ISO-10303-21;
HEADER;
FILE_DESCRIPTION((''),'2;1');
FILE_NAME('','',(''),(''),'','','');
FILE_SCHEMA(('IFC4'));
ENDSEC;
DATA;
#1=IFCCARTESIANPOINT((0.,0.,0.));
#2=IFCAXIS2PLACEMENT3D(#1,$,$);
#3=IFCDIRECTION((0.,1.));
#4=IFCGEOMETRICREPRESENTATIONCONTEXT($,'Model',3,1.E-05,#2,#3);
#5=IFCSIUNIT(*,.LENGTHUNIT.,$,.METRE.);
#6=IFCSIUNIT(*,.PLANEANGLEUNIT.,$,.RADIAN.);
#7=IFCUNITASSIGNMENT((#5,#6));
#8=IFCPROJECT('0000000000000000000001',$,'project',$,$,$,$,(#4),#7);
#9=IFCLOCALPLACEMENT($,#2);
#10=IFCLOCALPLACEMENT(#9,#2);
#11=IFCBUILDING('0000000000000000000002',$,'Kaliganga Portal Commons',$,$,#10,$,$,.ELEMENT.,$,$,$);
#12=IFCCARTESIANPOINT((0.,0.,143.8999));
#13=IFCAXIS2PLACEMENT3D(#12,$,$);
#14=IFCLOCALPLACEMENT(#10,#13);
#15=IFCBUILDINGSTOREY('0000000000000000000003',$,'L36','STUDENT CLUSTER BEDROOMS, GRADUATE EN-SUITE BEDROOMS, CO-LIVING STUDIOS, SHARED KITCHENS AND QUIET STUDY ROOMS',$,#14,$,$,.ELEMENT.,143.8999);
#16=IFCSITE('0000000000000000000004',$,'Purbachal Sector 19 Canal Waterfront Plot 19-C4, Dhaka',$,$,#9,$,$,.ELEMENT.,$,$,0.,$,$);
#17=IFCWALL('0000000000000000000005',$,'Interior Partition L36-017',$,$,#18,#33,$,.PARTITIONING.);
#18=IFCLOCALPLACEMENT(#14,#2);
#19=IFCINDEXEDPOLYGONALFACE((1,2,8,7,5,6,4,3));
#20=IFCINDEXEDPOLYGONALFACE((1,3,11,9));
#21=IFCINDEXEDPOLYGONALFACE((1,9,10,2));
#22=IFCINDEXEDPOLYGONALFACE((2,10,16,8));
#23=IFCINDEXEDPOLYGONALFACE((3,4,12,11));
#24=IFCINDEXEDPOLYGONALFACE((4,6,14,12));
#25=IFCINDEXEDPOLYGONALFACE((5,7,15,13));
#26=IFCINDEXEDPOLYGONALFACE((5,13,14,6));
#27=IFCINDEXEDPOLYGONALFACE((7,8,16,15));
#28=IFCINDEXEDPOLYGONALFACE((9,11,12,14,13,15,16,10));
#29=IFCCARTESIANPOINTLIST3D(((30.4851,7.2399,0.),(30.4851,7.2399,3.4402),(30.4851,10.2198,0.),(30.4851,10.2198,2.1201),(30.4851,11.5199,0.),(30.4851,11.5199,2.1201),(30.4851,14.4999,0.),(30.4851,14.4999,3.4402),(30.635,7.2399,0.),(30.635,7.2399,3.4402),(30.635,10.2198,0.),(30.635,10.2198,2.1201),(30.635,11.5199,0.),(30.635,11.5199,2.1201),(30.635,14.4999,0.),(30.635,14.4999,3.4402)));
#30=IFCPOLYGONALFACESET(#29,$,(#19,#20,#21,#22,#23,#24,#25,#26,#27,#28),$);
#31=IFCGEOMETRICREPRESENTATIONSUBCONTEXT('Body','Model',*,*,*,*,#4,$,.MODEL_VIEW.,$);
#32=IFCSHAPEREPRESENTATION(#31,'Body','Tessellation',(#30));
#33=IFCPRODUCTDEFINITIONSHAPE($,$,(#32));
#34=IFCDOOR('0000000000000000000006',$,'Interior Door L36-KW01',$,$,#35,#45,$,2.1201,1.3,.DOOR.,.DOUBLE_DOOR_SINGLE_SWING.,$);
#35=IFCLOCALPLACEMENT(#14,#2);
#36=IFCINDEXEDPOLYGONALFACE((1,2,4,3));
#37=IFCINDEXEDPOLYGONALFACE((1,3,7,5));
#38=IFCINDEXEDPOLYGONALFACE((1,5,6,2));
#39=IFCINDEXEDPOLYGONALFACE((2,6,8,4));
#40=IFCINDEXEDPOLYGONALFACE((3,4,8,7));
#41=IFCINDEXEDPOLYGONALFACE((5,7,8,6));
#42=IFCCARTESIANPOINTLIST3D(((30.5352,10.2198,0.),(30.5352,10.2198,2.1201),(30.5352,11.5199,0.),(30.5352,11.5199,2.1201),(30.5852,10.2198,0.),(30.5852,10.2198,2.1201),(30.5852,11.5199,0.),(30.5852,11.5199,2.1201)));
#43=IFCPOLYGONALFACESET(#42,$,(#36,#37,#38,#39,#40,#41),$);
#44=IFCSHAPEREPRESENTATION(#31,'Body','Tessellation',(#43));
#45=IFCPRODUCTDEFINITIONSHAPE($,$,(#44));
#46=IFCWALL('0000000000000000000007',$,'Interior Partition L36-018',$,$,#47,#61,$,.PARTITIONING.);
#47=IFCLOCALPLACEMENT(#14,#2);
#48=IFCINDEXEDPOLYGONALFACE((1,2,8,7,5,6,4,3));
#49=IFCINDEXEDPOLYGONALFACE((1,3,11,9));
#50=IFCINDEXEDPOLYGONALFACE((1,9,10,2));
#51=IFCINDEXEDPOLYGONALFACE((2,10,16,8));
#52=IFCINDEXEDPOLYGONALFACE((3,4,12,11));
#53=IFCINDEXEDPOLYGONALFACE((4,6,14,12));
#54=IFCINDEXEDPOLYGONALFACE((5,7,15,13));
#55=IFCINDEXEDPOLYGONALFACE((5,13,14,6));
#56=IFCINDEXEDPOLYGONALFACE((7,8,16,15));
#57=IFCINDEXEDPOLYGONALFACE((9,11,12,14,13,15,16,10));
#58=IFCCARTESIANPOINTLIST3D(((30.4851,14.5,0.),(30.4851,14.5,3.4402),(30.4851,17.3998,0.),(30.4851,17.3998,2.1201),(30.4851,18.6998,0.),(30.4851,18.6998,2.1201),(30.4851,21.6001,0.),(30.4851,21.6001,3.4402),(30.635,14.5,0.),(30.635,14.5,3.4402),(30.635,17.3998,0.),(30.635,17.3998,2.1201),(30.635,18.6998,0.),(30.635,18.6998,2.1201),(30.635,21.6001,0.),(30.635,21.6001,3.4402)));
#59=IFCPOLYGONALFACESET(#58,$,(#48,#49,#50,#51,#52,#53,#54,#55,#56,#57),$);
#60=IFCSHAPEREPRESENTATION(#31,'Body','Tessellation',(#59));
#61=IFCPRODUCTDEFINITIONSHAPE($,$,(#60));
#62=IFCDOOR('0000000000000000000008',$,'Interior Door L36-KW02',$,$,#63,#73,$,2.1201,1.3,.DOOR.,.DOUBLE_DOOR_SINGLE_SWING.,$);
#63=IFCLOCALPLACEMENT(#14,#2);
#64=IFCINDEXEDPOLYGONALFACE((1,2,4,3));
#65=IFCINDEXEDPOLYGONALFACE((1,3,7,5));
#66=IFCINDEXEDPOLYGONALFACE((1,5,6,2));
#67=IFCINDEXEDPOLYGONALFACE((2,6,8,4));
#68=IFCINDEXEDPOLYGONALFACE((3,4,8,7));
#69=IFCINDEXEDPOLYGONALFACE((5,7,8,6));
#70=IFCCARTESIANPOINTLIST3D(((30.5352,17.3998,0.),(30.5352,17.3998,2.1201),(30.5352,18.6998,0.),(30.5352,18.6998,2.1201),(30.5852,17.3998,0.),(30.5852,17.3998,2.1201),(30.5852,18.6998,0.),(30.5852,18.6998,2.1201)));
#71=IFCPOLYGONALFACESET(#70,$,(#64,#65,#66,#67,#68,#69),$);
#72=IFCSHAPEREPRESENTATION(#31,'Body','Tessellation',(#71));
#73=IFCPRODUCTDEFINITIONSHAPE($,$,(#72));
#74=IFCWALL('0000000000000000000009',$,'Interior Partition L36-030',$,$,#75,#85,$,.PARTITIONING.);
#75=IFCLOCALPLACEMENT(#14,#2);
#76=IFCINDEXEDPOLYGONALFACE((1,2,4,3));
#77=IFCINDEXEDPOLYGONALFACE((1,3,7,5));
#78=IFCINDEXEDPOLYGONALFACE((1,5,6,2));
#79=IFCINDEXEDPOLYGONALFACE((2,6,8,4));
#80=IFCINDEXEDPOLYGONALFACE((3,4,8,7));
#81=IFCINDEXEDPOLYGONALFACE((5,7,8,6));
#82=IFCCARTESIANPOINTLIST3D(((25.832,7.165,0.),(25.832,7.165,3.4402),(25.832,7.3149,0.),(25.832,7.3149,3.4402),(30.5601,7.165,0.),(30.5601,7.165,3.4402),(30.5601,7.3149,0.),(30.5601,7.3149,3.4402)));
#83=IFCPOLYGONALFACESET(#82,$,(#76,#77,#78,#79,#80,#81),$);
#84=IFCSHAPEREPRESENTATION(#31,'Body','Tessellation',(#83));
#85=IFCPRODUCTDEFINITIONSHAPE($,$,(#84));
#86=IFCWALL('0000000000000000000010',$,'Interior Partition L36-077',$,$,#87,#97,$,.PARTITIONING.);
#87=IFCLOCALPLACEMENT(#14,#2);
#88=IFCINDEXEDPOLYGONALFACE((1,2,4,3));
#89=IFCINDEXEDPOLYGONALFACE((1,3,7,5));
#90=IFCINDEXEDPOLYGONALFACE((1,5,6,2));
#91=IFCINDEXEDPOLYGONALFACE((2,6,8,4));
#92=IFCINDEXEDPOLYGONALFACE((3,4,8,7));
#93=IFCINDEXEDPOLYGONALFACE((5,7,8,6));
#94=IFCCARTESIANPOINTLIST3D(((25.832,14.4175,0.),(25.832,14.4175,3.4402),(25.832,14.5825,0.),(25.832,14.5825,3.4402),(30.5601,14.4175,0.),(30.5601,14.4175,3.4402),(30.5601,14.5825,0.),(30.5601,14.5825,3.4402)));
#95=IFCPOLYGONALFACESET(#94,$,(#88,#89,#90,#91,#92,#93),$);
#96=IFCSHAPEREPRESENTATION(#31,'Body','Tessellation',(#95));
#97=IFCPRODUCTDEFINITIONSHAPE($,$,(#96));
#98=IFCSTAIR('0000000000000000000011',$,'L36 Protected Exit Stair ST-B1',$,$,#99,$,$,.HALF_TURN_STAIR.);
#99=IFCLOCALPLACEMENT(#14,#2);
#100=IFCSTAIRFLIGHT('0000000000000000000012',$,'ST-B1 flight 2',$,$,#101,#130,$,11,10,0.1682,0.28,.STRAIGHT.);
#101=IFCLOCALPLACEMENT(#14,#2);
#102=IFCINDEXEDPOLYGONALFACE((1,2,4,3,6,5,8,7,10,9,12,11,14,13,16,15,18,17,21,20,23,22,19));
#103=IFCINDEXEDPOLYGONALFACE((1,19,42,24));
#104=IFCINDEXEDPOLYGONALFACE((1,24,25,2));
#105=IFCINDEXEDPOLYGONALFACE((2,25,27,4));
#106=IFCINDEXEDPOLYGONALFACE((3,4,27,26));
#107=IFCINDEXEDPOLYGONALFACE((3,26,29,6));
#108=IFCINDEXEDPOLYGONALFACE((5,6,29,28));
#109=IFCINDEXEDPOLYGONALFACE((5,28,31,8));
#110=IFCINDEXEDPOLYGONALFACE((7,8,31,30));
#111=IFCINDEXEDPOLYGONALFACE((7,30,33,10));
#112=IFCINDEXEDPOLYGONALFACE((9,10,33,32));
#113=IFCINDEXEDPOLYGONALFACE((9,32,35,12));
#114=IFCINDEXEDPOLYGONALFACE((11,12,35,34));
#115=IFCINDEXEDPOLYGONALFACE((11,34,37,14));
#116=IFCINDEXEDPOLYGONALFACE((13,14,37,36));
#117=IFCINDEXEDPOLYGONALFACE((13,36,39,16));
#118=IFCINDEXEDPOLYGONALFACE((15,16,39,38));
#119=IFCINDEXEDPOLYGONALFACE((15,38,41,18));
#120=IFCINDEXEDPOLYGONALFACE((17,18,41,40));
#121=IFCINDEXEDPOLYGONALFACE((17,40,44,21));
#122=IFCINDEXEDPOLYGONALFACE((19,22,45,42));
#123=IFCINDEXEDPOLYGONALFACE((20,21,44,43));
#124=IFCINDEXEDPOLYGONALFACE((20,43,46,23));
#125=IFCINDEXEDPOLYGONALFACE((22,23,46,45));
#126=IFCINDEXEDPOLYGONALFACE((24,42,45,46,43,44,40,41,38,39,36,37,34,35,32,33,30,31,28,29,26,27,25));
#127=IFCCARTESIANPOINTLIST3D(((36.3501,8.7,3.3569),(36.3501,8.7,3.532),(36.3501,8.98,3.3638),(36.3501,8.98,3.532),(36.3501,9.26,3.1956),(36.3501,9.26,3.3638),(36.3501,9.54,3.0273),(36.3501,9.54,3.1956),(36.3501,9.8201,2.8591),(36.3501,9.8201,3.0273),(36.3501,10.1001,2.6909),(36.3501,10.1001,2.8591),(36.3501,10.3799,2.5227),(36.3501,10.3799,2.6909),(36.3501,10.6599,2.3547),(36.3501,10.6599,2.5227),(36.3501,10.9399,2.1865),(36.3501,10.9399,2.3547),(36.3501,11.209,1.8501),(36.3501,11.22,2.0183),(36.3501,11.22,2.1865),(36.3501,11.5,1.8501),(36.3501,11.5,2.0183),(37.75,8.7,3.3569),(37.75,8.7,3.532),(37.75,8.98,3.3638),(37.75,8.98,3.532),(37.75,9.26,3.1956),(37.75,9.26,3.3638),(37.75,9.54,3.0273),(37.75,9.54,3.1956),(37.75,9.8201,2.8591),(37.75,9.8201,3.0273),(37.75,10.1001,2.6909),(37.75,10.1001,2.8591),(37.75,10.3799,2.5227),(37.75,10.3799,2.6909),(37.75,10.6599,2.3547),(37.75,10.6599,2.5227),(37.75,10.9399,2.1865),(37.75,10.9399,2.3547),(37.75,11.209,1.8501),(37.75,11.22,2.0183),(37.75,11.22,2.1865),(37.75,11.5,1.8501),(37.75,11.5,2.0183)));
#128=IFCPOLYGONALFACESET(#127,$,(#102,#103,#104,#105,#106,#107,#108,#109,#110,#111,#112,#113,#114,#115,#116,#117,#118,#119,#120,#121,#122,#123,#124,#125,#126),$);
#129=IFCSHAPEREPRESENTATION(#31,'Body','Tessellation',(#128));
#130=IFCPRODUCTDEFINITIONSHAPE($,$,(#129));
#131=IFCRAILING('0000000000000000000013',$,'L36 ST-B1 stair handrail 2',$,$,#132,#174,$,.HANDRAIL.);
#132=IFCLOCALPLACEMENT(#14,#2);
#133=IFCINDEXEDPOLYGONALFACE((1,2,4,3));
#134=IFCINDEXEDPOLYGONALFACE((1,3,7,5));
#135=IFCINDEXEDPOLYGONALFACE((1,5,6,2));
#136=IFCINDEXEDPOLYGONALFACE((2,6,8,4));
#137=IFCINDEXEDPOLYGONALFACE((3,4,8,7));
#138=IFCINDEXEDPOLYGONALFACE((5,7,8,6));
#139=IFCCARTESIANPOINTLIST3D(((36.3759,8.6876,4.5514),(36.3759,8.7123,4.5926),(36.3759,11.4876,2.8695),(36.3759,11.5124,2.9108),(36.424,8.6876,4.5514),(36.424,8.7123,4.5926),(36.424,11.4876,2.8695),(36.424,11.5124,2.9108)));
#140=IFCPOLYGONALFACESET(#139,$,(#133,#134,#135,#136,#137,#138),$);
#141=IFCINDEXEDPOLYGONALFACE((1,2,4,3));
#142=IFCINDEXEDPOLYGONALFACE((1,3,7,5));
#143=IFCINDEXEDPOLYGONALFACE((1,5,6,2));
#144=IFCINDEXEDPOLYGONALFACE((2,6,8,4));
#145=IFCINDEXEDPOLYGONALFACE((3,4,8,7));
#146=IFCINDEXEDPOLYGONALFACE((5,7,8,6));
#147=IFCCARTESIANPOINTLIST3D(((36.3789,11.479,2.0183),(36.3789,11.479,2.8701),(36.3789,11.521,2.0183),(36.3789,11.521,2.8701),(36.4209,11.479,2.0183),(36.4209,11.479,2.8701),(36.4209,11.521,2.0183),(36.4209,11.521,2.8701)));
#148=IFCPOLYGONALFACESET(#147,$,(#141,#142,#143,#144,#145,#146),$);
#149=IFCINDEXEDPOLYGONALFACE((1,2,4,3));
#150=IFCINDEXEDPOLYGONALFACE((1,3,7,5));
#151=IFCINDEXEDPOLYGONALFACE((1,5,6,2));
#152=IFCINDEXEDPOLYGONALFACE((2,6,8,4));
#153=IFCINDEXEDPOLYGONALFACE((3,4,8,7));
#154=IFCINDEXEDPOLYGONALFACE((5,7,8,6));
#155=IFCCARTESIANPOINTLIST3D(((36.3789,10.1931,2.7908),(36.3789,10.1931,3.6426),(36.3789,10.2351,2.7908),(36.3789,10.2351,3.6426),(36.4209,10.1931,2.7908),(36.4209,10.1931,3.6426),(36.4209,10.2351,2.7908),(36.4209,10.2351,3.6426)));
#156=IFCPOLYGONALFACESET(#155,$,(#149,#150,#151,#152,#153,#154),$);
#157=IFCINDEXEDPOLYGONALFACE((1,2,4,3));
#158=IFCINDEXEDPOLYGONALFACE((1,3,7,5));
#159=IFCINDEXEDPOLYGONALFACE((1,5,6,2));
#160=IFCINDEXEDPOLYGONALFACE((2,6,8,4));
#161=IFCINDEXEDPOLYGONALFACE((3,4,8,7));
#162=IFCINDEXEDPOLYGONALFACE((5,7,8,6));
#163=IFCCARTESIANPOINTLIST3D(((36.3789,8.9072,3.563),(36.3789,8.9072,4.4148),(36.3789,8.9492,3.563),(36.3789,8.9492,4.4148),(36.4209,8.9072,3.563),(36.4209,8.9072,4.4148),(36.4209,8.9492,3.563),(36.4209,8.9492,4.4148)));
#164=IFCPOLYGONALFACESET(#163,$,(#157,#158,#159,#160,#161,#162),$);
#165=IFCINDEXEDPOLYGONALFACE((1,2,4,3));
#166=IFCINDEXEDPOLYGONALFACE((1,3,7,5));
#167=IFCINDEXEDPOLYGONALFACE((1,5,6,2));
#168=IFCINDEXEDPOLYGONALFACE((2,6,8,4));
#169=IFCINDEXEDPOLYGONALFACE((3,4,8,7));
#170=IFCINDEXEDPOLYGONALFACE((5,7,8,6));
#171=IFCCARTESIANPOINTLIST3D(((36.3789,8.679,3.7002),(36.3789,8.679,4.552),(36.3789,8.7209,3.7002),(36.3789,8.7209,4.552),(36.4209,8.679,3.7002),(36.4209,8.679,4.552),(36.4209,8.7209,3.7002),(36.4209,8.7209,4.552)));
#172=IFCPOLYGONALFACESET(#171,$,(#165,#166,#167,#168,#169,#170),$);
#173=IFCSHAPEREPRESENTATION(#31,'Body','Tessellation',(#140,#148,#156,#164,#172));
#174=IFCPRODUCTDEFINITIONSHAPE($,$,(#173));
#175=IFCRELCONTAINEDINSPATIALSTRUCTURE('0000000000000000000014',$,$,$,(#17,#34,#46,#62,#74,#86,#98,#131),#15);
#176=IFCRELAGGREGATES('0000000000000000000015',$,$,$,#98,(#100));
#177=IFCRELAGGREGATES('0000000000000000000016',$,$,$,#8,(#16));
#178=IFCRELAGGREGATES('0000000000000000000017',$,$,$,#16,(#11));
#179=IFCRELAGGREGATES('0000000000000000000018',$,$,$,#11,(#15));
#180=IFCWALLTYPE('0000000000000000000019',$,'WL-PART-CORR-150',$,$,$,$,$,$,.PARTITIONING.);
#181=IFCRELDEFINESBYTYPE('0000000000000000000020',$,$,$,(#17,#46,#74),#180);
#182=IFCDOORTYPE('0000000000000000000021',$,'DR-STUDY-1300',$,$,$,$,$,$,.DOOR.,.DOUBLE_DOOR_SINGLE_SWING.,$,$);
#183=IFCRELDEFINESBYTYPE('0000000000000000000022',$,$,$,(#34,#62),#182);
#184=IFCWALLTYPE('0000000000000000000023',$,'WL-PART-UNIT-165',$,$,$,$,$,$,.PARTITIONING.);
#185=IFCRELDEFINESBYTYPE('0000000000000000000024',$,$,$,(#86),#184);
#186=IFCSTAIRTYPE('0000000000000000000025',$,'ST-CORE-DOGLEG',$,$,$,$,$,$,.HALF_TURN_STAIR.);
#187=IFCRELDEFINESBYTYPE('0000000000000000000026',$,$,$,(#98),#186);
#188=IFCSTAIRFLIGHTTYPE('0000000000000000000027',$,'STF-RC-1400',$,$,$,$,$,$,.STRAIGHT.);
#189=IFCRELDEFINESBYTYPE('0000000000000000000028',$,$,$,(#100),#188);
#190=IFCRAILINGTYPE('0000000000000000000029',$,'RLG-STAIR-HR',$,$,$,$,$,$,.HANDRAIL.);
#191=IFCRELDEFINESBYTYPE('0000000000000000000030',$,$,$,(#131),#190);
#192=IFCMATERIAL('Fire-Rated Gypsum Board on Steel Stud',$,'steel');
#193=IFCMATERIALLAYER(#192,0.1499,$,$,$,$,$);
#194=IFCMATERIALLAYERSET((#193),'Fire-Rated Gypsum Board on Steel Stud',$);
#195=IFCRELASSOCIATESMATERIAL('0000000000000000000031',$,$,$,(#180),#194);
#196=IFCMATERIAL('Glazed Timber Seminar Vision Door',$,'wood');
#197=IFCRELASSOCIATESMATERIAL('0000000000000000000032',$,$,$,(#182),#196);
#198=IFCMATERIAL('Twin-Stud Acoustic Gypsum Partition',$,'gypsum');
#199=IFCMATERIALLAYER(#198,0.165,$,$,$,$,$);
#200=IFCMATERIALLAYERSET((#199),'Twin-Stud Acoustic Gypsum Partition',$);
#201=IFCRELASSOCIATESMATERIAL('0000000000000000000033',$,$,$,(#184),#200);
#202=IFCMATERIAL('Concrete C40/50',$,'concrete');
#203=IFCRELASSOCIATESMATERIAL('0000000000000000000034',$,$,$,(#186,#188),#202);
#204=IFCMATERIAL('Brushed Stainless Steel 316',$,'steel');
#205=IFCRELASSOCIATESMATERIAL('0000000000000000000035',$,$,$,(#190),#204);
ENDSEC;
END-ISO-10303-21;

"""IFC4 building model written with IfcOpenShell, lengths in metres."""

from ifc_helpers import new_model, si_unit, direction, frame, frame_2d, origin, origin_2d, place, context, subcontext, project, spatial, polyline, rectangle, outline, extrude, material, layer, layer_set, type_object, element, fill, aggregate, save


model = new_model("IFC4")

# Units and contexts
model_context = context("Model", 3, precision=1e-05, world=origin(), true_north=direction((0.0, 1.0)))
body_context = subcontext(model_context, "Body", "Model", "MODEL_VIEW")
ifc_project = project(units=[si_unit("LENGTHUNIT", "METRE"), si_unit("PLANEANGLEUNIT", "RADIAN")], contexts=[model_context])

# Site, building, storey
site_placement = place(None, origin())
site = spatial("IfcSite", under=ifc_project, at=site_placement, Name="Purbachal Sector 19 Canal Waterfront Plot 19-C4, Dhaka", CompositionType="ELEMENT", RefElevation=0.0)
building_placement = place(site_placement, origin())
building = spatial("IfcBuilding", under=site, at=building_placement, Name="Kaliganga Portal Commons", CompositionType="ELEMENT")
storey_placement = place(building_placement, frame((0.0, 0.0, 143.8999)))
storey = spatial("IfcBuildingStorey", under=building, at=storey_placement, Name="L36", Description="STUDENT CLUSTER BEDROOMS, GRADUATE EN-SUITE BEDROOMS, CO-LIVING STUDIOS, SHARED KITCHENS AND QUIET STUDY ROOMS", CompositionType="ELEMENT", Elevation=143.8999)

# Walls, openings, doors
ifc_material_1 = material(Name="Fire-Rated Gypsum Board on Steel Stud", Category="steel")
ifc_layer_1 = layer(ifc_material_1, 0.1499)
ifc_layer_set_1 = layer_set([ifc_layer_1], Name="Fire-Rated Gypsum Board on Steel Stud")
wall_type_1 = type_object("IfcWallType", Name="WL-PART-CORR-150", PredefinedType="PARTITIONING", material=ifc_layer_set_1)
wall_1_placement = place(storey_placement, frame((30.5601, 7.24, 0.0), z_axis=(0.0, 0.0, 1.0), x_axis=(0.0, 1.0, 0.0)))
wall_1 = element("IfcWall", 1, at=wall_1_placement, inside=storey, type_object=wall_type_1, Name="Interior Partition L36-017", PredefinedType="PARTITIONING", context=body_context, shape_type="SweptSolid", body=[
    extrude(rectangle(XDim=7.26, YDim=0.1499, at=frame_2d((3.6299, 0.0))), origin(), (0.0, 0.0, 1.0), 3.4402),
])
opening_1_placement = place(wall_1_placement, frame((2.98, 0.0, 0.0)))
opening_1 = element("IfcOpeningElement", 2, at=opening_1_placement, cuts=wall_1, PredefinedType="OPENING", context=body_context, shape_type="SweptSolid", body=[
    extrude(rectangle(XDim=1.3, YDim=2.1201, at=frame_2d((0.6499, 1.0601))), frame((0.0, 0.085, 0.0), z_axis=(0.0, -1.0, 0.0), x_axis=(1.0, 0.0, 0.0)), (0.0, 0.0, 1.0), 0.1699),
])
ifc_material_2 = material(Name="Glazed Timber Seminar Vision Door", Category="wood")
door_type_1 = type_object("IfcDoorType", Name="DR-STUDY-1300", OperationType="DOUBLE_DOOR_SINGLE_SWING", PredefinedType="DOOR", material=ifc_material_2)
door_1_placement = place(opening_1_placement, origin())
door_1 = element("IfcDoor", 3, at=door_1_placement, inside=storey, type_object=door_type_1, Name="Interior Door L36-KW01", OperationType="DOUBLE_DOOR_SINGLE_SWING", OverallHeight=2.1201, OverallWidth=1.3, PredefinedType="DOOR", context=body_context, shape_type="SweptSolid", body=[
    extrude(rectangle(XDim=1.3, YDim=2.1201, at=frame_2d((0.6499, 1.0601))), frame((0.0, 0.0249, 0.0), z_axis=(0.0, -1.0, 0.0), x_axis=(1.0, 0.0, 0.0)), (0.0, 0.0, 1.0), 0.05),
])
fill(opening_1, door_1)
wall_2_placement = place(storey_placement, frame((30.5601, 14.5, 0.0), z_axis=(0.0, 0.0, 1.0), x_axis=(0.0, 1.0, 0.0)))
wall_2 = element("IfcWall", 4, at=wall_2_placement, inside=storey, type_object=wall_type_1, Name="Interior Partition L36-018", PredefinedType="PARTITIONING", context=body_context, shape_type="SweptSolid", body=[
    extrude(rectangle(XDim=7.1001, YDim=0.1499, at=frame_2d((3.55, 0.0))), origin(), (0.0, 0.0, 1.0), 3.4402),
])
opening_2_placement = place(wall_2_placement, frame((2.8999, 0.0, 0.0)))
opening_2 = element("IfcOpeningElement", 5, at=opening_2_placement, cuts=wall_2, PredefinedType="OPENING", context=body_context, shape_type="SweptSolid", body=[
    extrude(rectangle(XDim=1.3, YDim=2.1201, at=frame_2d((0.6499, 1.0601))), frame((0.0, 0.085, 0.0), z_axis=(0.0, -1.0, 0.0), x_axis=(1.0, 0.0, 0.0)), (0.0, 0.0, 1.0), 0.1699),
])
door_2_placement = place(opening_2_placement, origin())
door_2 = element("IfcDoor", 6, at=door_2_placement, inside=storey, type_object=door_type_1, Name="Interior Door L36-KW02", OperationType="DOUBLE_DOOR_SINGLE_SWING", OverallHeight=2.1201, OverallWidth=1.3, PredefinedType="DOOR", context=body_context, shape_type="SweptSolid", body=[
    extrude(rectangle(XDim=1.3, YDim=2.1201, at=frame_2d((0.6499, 1.0601))), frame((0.0, 0.0249, 0.0), z_axis=(0.0, -1.0, 0.0), x_axis=(1.0, 0.0, 0.0)), (0.0, 0.0, 1.0), 0.05),
])
fill(opening_2, door_2)

# Walls
wall_3_placement = place(storey_placement, frame((25.832, 7.24, 0.0), z_axis=(0.0, 0.0, 1.0), x_axis=(1.0, 0.0, 0.0)))
element("IfcWall", 7, at=wall_3_placement, inside=storey, type_object=wall_type_1, Name="Interior Partition L36-030", PredefinedType="PARTITIONING", context=body_context, shape_type="SweptSolid", body=[
    extrude(rectangle(XDim=4.728, YDim=0.1499, at=frame_2d((2.364, 0.0))), origin(), (0.0, 0.0, 1.0), 3.4402),
])
ifc_material_3 = material(Name="Twin-Stud Acoustic Gypsum Partition", Category="gypsum")
ifc_layer_2 = layer(ifc_material_3, 0.165)
ifc_layer_set_2 = layer_set([ifc_layer_2], Name="Twin-Stud Acoustic Gypsum Partition")
wall_type_2 = type_object("IfcWallType", Name="WL-PART-UNIT-165", PredefinedType="PARTITIONING", material=ifc_layer_set_2)
wall_4_placement = place(storey_placement, frame((25.832, 14.5, 0.0), z_axis=(0.0, 0.0, 1.0), x_axis=(1.0, 0.0, 0.0)))
element("IfcWall", 8, at=wall_4_placement, inside=storey, type_object=wall_type_2, Name="Interior Partition L36-077", PredefinedType="PARTITIONING", context=body_context, shape_type="SweptSolid", body=[
    extrude(rectangle(XDim=4.728, YDim=0.165, at=frame_2d((2.364, 0.0))), origin(), (0.0, 0.0, 1.0), 3.4402),
])

# Stair, stair flight
ifc_material_4 = material(Name="Concrete C40/50", Category="concrete")
stair_type = type_object("IfcStairType", Name="ST-CORE-DOGLEG", PredefinedType="HALF_TURN_STAIR", material=ifc_material_4)
stair_placement = place(storey_placement, origin())
stair = element("IfcStair", 9, at=stair_placement, inside=storey, type_object=stair_type, Name="L36 Protected Exit Stair ST-B1", PredefinedType="HALF_TURN_STAIR")
stair_flight_type = type_object("IfcStairFlightType", Name="STF-RC-1400", PredefinedType="STRAIGHT", material=ifc_material_4)
stair_flight_placement = place(storey_placement, frame((37.05, 11.5, 1.8501), z_axis=(0.0, 0.0, 1.0), x_axis=(0.0, -1.0, 0.0)))
stair_flight = element("IfcStairFlight", 10, at=stair_flight_placement, type_object=stair_flight_type, Name="ST-B1 flight 2", NumberOfRisers=11, NumberOfTreads=10, PredefinedType="STRAIGHT", RiserHeight=0.1682, TreadLength=0.28, context=body_context, shape_type="SweptSolid", body=[
    extrude(outline(polyline([(0.0, 0.0), (0.0, 0.1682), (0.28, 0.1682), (0.28, 0.3364), (0.5601, 0.3364), (0.5601, 0.5046), (0.8401, 0.5046), (0.8401, 0.6726), (1.1201, 0.6726), (1.1201, 0.8408), (1.3999, 0.8408), (1.3999, 1.009), (1.6799, 1.009), (1.6799, 1.1772), (1.96, 1.1772), (1.96, 1.3455), (2.24, 1.3455), (2.24, 1.5137), (2.52, 1.5137), (2.52, 1.6819), (2.8, 1.6819), (2.8, 1.8501), (2.8, 1.5068), (0.291, 0.0), (0.0, 0.0)])), frame((0.0, 0.7, 0.0), z_axis=(0.0, -1.0, 0.0), x_axis=(1.0, 0.0, 0.0)), (0.0, 0.0, 1.0), 1.3999),
])
aggregate(stair, [stair_flight])

# Railing
ifc_material_5 = material(Name="Brushed Stainless Steel 316", Category="steel")
railing_type = type_object("IfcRailingType", Name="RLG-STAIR-HR", PredefinedType="HANDRAIL", material=ifc_material_5)
railing_placement = place(storey_placement, frame((36.3999, 11.5, 2.0183)))
element("IfcRailing", 11, at=railing_placement, inside=storey, type_object=railing_type, Name="L36 ST-B1 stair handrail 2", PredefinedType="HANDRAIL", context=body_context, shape_type="SweptSolid", body=[
    extrude(rectangle(XDim=0.0481, YDim=0.0481, at=origin_2d()), frame((0.0, 0.0, 0.8718), z_axis=(0.0, -0.857242, 0.514913), x_axis=(1.0, 0.0, 0.0)), (0.0, 0.0, 1.0), 3.2664),
    extrude(rectangle(XDim=0.042, YDim=0.042, at=origin_2d()), origin(), (0.0, 0.0, 1.0), 0.8518),
    extrude(rectangle(XDim=0.042, YDim=0.042, at=origin_2d()), frame((0.0, -1.2859, 0.7725)), (0.0, 0.0, 1.0), 0.8518),
    extrude(rectangle(XDim=0.042, YDim=0.042, at=origin_2d()), frame((0.0, -2.5718, 1.5447)), (0.0, 0.0, 1.0), 0.8518),
    extrude(rectangle(XDim=0.042, YDim=0.042, at=origin_2d()), frame((0.0, -2.8, 1.6819)), (0.0, 0.0, 1.0), 0.8518),
])

save(model, "model.ifc")
